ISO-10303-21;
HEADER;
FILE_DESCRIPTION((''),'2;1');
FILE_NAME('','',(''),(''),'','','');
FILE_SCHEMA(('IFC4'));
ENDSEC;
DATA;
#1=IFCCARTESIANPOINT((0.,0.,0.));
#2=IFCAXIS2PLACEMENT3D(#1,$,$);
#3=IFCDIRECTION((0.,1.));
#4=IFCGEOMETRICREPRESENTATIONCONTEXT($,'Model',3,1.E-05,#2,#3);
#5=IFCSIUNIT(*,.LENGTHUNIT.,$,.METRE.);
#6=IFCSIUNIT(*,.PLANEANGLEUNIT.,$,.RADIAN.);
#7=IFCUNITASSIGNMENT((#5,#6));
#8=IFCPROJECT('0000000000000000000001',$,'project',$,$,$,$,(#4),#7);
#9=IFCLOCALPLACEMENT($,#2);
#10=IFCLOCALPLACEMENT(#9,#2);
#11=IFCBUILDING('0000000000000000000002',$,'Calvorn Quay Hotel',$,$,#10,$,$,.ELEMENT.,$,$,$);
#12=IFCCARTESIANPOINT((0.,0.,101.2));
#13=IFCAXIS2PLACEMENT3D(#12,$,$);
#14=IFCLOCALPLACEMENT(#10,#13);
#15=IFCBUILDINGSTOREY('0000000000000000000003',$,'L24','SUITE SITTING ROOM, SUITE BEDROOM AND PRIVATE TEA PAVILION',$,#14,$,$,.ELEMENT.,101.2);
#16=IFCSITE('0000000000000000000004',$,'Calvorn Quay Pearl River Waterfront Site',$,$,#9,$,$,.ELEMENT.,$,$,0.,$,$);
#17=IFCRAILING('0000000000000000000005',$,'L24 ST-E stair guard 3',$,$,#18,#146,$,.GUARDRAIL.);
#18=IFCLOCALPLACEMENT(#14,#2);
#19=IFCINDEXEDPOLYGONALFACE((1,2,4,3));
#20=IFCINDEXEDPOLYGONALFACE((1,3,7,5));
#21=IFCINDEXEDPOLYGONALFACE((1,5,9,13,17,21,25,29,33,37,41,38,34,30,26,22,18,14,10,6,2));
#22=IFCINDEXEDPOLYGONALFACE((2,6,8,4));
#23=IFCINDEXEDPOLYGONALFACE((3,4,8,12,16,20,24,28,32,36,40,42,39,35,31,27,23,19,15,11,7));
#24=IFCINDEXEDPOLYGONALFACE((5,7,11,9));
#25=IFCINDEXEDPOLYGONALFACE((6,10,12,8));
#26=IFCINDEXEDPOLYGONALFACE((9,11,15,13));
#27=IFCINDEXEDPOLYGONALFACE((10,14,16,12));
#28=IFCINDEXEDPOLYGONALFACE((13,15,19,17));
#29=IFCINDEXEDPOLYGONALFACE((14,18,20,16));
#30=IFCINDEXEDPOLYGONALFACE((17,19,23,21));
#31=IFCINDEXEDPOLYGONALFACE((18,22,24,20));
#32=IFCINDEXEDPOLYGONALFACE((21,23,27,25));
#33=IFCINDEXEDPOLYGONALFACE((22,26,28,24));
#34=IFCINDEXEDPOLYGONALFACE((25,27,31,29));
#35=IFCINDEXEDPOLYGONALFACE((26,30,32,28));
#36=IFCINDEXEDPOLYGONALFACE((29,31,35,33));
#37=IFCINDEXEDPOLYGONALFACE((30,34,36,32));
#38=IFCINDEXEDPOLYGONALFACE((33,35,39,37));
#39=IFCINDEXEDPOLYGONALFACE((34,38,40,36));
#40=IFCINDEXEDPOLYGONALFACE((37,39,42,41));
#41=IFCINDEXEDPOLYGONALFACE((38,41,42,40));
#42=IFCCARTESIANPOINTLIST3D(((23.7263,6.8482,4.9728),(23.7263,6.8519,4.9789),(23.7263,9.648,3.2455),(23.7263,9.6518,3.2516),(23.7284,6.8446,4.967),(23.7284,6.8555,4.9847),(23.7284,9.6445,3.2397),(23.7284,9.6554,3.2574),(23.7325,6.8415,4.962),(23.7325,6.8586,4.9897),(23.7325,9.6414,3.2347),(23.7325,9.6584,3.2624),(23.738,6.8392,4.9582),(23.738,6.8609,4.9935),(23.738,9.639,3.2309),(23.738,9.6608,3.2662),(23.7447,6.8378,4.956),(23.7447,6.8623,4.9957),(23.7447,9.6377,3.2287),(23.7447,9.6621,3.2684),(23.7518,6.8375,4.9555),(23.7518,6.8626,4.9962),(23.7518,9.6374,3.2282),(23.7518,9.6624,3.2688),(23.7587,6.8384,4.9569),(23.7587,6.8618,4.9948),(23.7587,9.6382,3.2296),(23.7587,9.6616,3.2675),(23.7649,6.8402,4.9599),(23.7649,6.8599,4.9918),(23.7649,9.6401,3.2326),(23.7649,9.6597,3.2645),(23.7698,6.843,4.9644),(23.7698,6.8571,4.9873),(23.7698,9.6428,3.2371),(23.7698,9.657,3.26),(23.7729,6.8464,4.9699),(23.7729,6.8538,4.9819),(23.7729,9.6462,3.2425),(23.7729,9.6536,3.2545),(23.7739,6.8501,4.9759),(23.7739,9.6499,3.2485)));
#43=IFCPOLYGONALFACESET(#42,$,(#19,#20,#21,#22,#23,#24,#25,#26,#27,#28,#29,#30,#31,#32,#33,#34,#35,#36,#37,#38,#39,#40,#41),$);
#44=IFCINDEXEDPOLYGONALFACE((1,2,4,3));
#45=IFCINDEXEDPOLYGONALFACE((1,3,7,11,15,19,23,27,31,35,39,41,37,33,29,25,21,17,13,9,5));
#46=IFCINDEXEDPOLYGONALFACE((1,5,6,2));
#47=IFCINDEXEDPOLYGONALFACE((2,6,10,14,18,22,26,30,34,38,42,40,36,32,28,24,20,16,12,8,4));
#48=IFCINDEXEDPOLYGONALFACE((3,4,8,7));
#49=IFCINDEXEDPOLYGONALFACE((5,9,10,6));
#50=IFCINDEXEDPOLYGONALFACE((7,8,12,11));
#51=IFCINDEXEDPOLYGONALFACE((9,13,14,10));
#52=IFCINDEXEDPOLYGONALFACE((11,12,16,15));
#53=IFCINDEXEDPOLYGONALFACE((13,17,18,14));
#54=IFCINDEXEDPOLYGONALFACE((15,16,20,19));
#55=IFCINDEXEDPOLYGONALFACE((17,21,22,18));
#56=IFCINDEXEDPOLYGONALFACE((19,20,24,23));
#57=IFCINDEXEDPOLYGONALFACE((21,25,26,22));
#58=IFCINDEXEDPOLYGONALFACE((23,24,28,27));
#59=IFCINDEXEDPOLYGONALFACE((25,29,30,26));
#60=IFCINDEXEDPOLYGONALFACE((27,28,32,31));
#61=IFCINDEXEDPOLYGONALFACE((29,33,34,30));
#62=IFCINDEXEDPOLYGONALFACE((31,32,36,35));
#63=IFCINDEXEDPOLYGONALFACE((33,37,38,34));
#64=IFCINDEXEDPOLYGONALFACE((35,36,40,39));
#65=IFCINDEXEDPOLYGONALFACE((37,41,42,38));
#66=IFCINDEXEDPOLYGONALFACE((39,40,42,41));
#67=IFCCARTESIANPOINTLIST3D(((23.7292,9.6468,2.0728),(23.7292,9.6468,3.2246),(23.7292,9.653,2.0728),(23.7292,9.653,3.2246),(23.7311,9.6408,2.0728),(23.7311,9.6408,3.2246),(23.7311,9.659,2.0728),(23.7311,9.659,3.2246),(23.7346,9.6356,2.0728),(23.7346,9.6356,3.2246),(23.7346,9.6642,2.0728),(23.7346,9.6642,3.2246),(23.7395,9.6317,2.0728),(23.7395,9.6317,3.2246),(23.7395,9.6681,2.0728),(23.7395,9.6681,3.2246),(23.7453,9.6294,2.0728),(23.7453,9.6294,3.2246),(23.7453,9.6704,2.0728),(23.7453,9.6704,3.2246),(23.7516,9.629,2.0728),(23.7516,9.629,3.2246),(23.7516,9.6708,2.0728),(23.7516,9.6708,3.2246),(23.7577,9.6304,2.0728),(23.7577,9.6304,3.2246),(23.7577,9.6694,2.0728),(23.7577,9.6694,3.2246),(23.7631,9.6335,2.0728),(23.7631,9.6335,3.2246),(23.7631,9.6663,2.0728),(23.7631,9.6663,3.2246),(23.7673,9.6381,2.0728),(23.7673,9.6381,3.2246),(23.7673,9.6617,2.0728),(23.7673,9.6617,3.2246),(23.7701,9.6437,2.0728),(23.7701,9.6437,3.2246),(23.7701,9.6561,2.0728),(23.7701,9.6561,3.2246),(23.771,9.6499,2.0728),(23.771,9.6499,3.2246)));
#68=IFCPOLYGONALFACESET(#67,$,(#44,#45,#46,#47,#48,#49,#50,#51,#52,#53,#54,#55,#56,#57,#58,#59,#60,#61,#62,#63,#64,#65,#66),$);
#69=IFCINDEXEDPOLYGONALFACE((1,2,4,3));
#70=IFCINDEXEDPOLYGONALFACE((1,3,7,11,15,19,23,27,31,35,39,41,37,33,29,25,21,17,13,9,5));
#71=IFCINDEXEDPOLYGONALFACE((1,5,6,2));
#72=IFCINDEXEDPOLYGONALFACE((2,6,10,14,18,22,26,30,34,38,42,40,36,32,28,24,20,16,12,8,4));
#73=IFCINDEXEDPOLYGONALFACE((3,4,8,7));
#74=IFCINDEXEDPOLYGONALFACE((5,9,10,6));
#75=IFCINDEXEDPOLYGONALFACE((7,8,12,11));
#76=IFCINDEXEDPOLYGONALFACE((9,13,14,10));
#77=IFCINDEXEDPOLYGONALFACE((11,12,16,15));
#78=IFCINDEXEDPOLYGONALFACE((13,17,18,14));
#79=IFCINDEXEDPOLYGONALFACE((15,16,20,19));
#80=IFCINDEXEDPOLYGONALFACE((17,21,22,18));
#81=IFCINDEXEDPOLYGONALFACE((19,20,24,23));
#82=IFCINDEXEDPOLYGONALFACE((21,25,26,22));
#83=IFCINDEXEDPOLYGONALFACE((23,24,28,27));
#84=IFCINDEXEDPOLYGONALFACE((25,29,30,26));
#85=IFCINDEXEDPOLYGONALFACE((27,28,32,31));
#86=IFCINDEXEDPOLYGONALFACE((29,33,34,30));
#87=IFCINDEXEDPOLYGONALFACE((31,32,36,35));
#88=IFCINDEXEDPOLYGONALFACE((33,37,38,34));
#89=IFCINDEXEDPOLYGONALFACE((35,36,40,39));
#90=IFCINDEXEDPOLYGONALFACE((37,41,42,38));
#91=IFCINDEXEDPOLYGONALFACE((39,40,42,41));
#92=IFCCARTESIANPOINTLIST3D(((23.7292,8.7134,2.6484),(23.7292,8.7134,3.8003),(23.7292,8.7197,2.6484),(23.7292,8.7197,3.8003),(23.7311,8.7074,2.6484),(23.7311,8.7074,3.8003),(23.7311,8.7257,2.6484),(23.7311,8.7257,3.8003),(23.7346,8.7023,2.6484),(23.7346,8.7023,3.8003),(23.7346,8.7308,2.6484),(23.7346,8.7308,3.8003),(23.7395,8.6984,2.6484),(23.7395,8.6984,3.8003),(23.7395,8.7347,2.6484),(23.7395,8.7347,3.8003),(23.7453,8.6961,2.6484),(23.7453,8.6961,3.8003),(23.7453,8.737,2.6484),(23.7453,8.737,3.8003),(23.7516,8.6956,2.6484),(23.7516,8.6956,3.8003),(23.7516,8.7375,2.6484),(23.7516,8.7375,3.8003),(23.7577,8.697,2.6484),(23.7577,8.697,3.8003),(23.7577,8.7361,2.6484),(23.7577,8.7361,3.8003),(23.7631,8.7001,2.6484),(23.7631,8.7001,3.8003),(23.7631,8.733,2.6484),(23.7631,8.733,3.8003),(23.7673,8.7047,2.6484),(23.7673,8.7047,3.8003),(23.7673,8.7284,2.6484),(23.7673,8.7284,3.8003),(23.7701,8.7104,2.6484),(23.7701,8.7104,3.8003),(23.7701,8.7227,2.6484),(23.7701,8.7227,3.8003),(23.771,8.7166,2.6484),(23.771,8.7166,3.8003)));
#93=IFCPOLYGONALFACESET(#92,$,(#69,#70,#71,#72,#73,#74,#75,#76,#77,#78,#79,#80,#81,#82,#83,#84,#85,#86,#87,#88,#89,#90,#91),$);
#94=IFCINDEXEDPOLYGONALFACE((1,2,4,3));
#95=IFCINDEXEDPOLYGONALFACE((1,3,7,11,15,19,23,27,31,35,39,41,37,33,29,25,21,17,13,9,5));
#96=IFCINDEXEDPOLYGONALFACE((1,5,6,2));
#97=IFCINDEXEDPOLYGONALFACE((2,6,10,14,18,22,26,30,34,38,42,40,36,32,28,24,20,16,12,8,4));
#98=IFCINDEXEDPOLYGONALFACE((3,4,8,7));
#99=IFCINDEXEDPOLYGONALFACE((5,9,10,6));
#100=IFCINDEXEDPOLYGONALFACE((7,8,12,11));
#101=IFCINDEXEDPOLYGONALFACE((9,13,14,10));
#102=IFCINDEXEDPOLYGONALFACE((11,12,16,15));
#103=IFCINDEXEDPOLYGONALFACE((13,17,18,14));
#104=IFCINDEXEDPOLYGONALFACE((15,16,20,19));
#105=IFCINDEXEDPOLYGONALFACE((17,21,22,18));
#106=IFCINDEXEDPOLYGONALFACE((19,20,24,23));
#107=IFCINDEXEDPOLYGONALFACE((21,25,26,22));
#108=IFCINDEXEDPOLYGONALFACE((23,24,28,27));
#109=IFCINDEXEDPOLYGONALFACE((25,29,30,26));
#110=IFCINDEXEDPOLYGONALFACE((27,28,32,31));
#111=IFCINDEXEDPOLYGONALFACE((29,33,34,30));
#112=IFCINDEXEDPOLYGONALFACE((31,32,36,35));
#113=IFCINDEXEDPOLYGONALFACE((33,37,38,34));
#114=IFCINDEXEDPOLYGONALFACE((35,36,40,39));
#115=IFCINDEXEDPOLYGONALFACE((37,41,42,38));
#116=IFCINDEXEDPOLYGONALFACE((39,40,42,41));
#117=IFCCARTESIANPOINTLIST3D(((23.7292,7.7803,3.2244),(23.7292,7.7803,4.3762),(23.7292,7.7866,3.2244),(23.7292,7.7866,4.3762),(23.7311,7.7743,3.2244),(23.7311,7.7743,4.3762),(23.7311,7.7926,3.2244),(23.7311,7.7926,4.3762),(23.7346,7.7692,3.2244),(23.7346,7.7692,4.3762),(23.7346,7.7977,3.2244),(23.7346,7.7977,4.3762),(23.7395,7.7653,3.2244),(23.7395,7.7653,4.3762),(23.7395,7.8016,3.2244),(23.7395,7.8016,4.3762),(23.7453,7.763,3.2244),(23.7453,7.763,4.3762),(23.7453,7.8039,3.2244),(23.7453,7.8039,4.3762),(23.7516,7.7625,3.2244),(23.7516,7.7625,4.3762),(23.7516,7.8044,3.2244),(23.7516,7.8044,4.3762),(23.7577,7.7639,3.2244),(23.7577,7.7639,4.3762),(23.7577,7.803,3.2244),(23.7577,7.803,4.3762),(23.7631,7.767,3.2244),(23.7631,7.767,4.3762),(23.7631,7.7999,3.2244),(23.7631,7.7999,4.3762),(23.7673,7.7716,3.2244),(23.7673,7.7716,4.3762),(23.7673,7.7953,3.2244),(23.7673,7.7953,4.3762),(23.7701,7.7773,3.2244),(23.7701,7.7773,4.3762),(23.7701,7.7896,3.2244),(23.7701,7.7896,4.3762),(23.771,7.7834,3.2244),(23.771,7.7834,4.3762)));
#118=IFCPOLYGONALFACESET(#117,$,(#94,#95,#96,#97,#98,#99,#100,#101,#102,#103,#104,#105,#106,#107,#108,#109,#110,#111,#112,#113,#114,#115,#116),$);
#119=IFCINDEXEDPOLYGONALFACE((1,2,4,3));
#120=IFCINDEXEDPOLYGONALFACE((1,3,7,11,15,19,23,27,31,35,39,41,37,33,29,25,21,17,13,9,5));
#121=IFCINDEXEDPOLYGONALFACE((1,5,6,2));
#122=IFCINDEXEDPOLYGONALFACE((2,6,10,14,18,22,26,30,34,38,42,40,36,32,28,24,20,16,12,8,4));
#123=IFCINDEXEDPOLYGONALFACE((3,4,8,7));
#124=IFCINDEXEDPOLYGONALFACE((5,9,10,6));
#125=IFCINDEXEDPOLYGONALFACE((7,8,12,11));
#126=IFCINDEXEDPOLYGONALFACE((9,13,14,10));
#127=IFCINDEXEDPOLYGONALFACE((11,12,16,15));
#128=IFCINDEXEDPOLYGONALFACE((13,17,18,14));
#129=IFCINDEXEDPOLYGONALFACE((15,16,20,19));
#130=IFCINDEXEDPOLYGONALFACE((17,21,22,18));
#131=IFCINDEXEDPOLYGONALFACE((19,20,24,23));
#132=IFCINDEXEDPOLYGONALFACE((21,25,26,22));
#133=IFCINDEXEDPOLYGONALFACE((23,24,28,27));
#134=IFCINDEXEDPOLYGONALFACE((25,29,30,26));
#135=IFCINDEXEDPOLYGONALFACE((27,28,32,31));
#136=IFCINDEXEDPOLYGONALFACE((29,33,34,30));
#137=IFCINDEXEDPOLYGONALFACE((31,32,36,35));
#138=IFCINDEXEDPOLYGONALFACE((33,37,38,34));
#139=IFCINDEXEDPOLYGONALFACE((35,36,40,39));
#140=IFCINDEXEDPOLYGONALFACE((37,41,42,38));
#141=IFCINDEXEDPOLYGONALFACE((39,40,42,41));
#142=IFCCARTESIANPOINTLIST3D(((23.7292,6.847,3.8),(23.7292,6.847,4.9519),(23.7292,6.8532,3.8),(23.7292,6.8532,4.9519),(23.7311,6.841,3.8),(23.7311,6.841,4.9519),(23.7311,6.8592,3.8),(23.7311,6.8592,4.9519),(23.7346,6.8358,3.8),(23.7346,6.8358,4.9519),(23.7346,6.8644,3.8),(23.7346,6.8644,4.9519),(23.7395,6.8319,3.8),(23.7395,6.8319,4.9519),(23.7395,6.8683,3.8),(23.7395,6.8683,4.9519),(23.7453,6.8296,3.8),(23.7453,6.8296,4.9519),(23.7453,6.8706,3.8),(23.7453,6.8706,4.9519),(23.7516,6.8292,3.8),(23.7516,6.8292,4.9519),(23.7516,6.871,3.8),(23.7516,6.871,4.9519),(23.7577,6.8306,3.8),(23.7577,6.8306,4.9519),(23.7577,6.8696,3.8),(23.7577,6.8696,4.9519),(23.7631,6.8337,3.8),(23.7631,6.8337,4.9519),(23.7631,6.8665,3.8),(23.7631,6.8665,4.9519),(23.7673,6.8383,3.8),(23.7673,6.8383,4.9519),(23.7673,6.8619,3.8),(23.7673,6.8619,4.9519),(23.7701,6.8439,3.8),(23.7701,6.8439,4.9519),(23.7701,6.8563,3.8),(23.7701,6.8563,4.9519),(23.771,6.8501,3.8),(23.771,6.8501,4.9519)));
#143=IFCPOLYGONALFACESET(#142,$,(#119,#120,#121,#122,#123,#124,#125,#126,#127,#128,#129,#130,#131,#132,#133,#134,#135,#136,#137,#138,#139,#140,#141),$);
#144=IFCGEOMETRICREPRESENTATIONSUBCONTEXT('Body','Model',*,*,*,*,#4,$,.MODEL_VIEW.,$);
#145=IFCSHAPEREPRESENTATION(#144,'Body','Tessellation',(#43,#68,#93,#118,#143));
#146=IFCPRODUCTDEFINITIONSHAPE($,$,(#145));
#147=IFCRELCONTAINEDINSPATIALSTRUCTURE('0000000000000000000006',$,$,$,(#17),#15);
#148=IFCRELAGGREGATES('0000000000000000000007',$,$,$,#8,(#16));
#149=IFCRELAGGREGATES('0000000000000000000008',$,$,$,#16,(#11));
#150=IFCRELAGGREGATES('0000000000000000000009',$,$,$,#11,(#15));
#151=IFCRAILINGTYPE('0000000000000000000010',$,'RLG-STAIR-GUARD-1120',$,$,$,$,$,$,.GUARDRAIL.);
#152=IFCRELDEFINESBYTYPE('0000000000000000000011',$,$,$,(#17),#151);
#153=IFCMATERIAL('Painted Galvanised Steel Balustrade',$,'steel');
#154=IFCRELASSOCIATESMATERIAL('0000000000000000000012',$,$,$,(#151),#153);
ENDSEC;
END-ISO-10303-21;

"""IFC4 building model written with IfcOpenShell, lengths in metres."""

from ifc_helpers import new_model, si_unit, direction, frame, origin, origin_2d, place, context, subcontext, project, spatial, circle, extrude, material, type_object, element, save


model = new_model("IFC4")

# Units and contexts
model_context = context("Model", 3, precision=1e-05, world=origin(), true_north=direction((0.0, 1.0)))
body_context = subcontext(model_context, "Body", "Model", "MODEL_VIEW")
ifc_project = project(units=[si_unit("LENGTHUNIT", "METRE"), si_unit("PLANEANGLEUNIT", "RADIAN")], contexts=[model_context])

# Site, building, storey
site_placement = place(None, origin())
site = spatial("IfcSite", under=ifc_project, at=site_placement, Name="Calvorn Quay Pearl River Waterfront Site", CompositionType="ELEMENT", RefElevation=0.0)
building_placement = place(site_placement, origin())
building = spatial("IfcBuilding", under=site, at=building_placement, Name="Calvorn Quay Hotel", CompositionType="ELEMENT")
storey_placement = place(building_placement, frame((0.0, 0.0, 101.2)))
storey = spatial("IfcBuildingStorey", under=building, at=storey_placement, Name="L24", Description="SUITE SITTING ROOM, SUITE BEDROOM AND PRIVATE TEA PAVILION", CompositionType="ELEMENT", Elevation=101.2)

# Railing
ifc_material_1 = material(Name="Painted Galvanised Steel Balustrade", Category="steel")
railing_type_1 = type_object("IfcRailingType", Name="RLG-STAIR-GUARD-1120", PredefinedType="GUARDRAIL", material=ifc_material_1)
railing_1_placement = place(storey_placement, frame((23.75, 9.6499, 2.0728)))
element("IfcRailing", 1, at=railing_1_placement, inside=storey, type_object=railing_type_1, Name="L24 ST-E stair guard 3", PredefinedType="GUARDRAIL", context=body_context, shape_type="SweptSolid", body=[
    extrude(circle(Radius=0.0239, at=origin_2d()), frame((0.0, 0.0, 1.1758), z_axis=(0.0, -0.851069, 0.525054), x_axis=(1.0, 0.0, 0.0)), (0.0, 0.0, 1.0), 3.2898),
    extrude(circle(Radius=0.021, at=origin_2d()), origin(), (0.0, 0.0, 1.0), 1.1519),
    extrude(circle(Radius=0.021, at=origin_2d()), frame((0.0, -0.9333, 0.5757)), (0.0, 0.0, 1.0), 1.1519),
    extrude(circle(Radius=0.021, at=origin_2d()), frame((0.0, -1.8665, 1.1516)), (0.0, 0.0, 1.0), 1.1519),
    extrude(circle(Radius=0.021, at=origin_2d()), frame((0.0, -2.7998, 1.7273)), (0.0, 0.0, 1.0), 1.1519),
])

save(model, "model.ifc")
